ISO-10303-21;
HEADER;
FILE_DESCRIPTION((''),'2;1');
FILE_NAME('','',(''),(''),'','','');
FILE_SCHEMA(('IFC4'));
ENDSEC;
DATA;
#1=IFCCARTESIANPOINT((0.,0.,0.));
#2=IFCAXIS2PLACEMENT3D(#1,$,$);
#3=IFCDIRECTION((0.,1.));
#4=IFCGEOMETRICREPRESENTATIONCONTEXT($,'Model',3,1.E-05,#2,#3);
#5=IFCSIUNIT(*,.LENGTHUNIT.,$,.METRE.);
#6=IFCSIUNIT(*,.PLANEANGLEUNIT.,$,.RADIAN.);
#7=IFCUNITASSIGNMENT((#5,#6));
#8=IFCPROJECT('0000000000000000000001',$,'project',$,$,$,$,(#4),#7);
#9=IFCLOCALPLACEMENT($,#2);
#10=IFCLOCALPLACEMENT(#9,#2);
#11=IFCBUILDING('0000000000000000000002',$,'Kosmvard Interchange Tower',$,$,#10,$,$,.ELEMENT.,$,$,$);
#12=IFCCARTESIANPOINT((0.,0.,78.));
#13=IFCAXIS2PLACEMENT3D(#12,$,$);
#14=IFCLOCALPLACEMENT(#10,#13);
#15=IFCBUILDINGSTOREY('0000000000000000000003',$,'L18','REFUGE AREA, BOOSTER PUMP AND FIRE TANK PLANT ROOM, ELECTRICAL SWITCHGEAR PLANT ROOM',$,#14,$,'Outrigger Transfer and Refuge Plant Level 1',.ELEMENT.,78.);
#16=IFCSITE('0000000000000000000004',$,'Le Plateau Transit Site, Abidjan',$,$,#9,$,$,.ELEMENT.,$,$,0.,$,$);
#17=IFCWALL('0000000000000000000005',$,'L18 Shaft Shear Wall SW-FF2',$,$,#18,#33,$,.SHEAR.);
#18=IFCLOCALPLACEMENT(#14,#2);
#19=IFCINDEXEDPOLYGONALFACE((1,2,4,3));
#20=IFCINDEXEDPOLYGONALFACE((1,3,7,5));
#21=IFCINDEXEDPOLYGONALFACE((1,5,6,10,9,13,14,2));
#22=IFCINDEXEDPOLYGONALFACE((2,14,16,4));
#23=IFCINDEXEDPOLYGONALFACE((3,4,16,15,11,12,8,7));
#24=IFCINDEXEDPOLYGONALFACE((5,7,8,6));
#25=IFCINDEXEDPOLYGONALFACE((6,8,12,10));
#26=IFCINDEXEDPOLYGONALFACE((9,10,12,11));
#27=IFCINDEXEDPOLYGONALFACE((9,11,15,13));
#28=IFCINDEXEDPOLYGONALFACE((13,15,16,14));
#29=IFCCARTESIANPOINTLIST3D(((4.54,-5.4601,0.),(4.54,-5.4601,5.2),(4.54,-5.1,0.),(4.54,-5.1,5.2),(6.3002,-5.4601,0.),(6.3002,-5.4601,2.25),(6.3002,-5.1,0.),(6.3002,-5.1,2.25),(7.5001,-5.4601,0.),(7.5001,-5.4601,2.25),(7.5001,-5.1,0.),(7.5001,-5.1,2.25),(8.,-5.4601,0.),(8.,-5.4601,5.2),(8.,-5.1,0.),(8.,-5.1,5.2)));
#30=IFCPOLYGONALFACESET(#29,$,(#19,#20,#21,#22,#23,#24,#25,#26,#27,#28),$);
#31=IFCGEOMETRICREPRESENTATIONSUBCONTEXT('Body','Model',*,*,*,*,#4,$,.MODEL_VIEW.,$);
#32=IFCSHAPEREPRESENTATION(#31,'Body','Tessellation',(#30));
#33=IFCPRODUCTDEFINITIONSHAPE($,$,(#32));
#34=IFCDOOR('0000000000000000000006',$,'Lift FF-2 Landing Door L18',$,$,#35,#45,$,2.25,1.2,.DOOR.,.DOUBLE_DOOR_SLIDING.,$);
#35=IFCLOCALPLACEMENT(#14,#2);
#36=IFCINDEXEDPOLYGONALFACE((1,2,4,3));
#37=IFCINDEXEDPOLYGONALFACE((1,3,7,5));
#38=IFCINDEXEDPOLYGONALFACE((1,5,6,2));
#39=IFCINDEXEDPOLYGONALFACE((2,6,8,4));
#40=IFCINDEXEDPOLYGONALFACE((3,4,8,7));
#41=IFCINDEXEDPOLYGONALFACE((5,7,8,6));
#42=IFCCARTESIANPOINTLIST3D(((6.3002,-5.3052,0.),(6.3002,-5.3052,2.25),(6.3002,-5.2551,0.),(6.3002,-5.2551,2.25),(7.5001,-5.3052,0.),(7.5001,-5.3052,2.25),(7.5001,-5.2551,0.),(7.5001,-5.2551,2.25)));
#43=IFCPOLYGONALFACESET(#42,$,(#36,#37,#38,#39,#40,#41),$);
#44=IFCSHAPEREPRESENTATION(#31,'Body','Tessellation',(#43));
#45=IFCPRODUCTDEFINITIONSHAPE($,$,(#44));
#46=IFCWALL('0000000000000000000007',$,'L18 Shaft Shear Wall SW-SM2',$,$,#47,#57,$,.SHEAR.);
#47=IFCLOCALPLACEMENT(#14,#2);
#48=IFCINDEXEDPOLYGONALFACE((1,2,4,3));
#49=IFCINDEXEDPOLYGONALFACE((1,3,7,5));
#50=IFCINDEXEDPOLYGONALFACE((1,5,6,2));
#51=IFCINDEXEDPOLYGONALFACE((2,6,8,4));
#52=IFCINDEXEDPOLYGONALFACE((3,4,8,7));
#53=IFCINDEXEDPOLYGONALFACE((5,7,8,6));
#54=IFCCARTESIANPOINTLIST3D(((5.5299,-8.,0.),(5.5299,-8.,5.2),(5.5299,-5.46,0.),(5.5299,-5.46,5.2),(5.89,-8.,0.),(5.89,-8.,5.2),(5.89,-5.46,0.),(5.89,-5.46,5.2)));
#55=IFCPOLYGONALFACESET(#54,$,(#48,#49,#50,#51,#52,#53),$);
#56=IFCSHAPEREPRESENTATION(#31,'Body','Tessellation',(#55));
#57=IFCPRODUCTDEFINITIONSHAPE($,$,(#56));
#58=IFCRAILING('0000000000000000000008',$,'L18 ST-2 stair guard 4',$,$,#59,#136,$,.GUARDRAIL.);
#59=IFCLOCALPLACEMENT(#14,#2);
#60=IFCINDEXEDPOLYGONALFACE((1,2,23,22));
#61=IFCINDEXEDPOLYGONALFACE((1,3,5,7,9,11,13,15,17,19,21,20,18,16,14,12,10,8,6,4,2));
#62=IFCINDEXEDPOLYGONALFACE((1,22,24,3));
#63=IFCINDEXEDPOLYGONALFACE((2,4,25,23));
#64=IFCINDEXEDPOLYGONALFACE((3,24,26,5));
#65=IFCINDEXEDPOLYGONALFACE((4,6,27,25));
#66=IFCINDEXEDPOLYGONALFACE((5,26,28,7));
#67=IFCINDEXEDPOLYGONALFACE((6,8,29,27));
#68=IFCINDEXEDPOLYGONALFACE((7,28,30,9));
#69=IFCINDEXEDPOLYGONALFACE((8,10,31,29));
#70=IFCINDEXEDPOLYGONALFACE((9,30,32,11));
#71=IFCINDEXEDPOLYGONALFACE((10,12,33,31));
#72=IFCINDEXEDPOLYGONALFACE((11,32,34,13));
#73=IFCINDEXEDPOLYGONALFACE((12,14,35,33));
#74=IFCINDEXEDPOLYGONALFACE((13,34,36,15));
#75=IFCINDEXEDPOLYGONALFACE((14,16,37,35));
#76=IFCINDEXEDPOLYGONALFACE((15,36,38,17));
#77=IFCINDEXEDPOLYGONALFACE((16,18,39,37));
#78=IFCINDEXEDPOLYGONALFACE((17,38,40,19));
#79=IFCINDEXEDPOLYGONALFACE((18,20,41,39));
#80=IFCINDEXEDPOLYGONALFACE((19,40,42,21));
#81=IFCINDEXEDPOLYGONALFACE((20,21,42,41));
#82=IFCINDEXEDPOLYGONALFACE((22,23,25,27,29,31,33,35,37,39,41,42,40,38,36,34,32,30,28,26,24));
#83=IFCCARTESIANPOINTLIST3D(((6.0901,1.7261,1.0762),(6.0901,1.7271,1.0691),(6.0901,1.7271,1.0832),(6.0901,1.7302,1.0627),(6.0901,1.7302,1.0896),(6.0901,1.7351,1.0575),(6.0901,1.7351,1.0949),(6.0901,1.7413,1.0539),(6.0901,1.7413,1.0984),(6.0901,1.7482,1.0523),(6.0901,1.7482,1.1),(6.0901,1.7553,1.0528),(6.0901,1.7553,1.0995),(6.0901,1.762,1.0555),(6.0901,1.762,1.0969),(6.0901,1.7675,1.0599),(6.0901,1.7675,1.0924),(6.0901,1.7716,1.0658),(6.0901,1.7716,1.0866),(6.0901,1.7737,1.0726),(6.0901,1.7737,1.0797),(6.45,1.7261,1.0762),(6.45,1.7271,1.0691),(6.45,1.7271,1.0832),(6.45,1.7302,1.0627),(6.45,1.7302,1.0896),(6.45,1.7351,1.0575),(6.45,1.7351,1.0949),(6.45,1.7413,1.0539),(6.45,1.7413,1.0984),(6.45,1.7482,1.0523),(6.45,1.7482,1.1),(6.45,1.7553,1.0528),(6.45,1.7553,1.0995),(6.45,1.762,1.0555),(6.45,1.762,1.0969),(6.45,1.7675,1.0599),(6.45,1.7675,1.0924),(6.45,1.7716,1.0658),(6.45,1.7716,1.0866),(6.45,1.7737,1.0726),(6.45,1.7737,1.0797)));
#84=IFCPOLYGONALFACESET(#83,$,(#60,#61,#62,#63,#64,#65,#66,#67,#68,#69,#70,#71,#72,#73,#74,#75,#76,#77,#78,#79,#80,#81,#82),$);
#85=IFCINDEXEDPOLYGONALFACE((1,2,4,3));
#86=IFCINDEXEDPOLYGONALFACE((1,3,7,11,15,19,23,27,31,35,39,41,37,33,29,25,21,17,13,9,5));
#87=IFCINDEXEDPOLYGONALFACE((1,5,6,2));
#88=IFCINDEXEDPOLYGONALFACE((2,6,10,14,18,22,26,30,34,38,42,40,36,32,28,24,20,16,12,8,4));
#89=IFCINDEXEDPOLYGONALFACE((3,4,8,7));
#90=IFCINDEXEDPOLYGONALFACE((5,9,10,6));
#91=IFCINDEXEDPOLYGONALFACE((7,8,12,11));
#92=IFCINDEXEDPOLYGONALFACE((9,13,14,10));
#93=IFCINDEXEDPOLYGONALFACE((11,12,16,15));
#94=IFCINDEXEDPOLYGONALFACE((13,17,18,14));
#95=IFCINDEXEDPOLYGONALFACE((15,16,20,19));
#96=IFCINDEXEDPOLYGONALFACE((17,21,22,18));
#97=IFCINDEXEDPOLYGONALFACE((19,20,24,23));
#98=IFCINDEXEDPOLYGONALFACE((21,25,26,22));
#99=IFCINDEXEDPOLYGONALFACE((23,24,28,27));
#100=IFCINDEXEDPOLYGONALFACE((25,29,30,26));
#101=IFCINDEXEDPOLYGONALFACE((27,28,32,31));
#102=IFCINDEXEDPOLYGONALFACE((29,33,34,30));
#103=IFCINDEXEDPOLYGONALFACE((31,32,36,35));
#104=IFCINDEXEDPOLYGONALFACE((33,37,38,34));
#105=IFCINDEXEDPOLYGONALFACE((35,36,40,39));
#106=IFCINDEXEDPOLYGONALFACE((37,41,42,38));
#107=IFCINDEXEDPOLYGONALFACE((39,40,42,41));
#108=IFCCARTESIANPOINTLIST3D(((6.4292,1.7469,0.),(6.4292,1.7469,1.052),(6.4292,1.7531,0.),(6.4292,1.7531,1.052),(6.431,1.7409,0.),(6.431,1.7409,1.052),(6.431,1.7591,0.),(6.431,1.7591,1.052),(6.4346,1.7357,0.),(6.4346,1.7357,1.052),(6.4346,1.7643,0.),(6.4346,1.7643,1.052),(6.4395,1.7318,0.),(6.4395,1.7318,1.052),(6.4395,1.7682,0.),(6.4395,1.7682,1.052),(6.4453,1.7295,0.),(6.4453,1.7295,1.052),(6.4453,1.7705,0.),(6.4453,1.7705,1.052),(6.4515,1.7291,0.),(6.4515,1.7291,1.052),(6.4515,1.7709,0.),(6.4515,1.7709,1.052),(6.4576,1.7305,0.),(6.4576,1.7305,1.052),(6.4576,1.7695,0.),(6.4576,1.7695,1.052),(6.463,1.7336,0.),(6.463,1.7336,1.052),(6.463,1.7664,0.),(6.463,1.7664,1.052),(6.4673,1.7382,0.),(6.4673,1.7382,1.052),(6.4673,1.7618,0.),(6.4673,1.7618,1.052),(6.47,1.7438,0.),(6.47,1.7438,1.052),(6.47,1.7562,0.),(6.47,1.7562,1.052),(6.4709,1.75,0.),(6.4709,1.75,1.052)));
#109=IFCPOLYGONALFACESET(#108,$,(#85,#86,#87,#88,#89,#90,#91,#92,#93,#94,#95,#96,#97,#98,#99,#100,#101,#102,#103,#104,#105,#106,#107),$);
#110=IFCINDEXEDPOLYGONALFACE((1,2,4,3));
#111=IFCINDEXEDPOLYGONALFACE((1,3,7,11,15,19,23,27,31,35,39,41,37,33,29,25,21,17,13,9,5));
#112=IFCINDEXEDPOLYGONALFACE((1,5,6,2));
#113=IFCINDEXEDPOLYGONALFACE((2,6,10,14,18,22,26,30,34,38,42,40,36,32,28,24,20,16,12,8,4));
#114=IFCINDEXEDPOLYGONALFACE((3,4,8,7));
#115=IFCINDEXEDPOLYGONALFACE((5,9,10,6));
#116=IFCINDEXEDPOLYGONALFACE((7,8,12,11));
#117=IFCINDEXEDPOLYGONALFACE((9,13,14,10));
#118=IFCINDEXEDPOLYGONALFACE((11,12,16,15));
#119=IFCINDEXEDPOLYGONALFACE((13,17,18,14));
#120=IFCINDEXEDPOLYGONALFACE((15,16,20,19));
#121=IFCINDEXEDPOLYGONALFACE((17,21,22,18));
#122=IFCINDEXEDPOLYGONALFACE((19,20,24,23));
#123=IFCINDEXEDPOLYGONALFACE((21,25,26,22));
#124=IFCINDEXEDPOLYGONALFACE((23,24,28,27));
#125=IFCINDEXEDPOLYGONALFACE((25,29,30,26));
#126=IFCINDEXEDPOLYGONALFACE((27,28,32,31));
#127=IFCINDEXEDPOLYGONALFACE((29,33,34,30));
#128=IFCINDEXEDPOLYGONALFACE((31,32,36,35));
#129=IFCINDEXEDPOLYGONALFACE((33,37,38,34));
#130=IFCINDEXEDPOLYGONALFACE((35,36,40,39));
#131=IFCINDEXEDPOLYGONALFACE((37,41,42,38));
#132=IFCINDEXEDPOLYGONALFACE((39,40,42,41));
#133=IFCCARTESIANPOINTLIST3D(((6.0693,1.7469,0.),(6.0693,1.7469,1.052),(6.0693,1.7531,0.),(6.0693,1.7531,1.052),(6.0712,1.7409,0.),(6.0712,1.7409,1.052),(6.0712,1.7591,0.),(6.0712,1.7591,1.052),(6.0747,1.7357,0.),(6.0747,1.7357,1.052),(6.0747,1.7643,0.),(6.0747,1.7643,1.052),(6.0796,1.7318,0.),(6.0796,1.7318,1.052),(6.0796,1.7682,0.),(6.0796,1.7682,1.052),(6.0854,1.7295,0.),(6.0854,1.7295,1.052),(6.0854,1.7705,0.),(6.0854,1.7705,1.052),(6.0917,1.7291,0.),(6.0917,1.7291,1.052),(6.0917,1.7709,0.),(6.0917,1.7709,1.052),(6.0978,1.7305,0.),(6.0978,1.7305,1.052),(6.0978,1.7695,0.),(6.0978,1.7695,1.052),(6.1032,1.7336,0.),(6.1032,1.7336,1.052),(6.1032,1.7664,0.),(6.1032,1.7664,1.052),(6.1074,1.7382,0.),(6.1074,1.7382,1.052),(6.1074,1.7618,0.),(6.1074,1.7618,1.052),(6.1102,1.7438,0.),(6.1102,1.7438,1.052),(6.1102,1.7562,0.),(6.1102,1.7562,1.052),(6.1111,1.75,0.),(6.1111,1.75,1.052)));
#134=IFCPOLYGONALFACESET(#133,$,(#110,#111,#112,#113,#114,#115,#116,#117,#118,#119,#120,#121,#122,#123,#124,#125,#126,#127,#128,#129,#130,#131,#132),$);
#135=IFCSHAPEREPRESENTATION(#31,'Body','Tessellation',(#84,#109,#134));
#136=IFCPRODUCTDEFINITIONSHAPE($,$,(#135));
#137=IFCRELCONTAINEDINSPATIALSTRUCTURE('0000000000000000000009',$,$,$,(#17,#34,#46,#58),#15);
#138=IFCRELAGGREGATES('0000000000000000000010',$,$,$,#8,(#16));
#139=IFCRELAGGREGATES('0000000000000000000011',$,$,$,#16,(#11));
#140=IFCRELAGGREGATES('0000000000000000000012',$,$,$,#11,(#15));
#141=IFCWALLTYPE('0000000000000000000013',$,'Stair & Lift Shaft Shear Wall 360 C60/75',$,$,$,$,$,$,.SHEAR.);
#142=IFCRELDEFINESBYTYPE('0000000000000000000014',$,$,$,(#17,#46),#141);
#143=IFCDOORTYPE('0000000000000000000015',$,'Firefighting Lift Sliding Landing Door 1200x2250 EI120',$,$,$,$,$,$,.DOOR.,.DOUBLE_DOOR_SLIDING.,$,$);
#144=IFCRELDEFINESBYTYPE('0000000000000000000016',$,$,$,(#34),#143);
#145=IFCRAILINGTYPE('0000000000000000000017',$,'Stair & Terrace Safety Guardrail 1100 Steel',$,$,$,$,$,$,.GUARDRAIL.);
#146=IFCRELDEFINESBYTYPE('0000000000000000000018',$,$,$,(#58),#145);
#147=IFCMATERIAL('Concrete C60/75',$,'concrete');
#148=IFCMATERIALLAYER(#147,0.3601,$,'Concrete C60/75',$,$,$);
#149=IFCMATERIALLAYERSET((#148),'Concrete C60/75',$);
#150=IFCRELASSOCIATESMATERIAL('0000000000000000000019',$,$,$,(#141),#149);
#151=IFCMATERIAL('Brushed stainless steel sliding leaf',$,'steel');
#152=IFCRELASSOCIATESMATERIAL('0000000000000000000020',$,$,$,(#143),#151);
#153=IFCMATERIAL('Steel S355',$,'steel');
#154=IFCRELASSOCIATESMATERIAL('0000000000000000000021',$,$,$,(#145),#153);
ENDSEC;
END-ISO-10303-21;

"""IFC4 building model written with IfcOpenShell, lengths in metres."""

from ifc_helpers import new_model, si_unit, direction, frame, frame_2d, origin, origin_2d, place, context, subcontext, project, spatial, rectangle, circle, extrude, source, transform, mapped, material, layer, layer_set, type_object, element, fill, save


model = new_model("IFC4")

# Units and contexts
model_context = context("Model", 3, precision=1e-05, world=origin(), true_north=direction((0.0, 1.0)))
body_context = subcontext(model_context, "Body", "Model", "MODEL_VIEW")
ifc_project = project(units=[si_unit("LENGTHUNIT", "METRE"), si_unit("PLANEANGLEUNIT", "RADIAN")], contexts=[model_context])

# Site, building, storey
site_placement = place(None, origin())
site = spatial("IfcSite", under=ifc_project, at=site_placement, Name="Le Plateau Transit Site, Abidjan", CompositionType="ELEMENT", RefElevation=0.0)
building_placement = place(site_placement, origin())
building = spatial("IfcBuilding", under=site, at=building_placement, Name="Kosmvard Interchange Tower", CompositionType="ELEMENT")
storey_placement = place(building_placement, frame((0.0, 0.0, 78.0)))
storey = spatial("IfcBuildingStorey", under=building, at=storey_placement, Name="L18", Description="REFUGE AREA, BOOSTER PUMP AND FIRE TANK PLANT ROOM, ELECTRICAL SWITCHGEAR PLANT ROOM", LongName="Outrigger Transfer and Refuge Plant Level 1", CompositionType="ELEMENT", Elevation=78.0)

# Shared definitions
ifc_material_1 = material(Name="Brushed stainless steel sliding leaf", Category="steel")

# Shared definitions
ifc_material_2 = material(Name="Concrete C60/75", Category="concrete")
ifc_layer_1 = layer(ifc_material_2, 0.3601, Name="Concrete C60/75")
ifc_layer_set_1 = layer_set([ifc_layer_1], Name="Concrete C60/75")
wall_type_1 = type_object("IfcWallType", Name="Stair & Lift Shaft Shear Wall 360 C60/75", PredefinedType="SHEAR", material=ifc_layer_set_1)

# Wall, opening, door
wall_1_placement = place(storey_placement, frame((4.54, -5.28, 0.0), z_axis=(0.0, 0.0, 1.0), x_axis=(1.0, 0.0, 0.0)))
wall_1 = element("IfcWall", 1, at=wall_1_placement, inside=storey, type_object=wall_type_1, Name="L18 Shaft Shear Wall SW-FF2", PredefinedType="SHEAR", context=body_context, shape_type="SweptSolid", body=[
    extrude(rectangle(XDim=3.46, YDim=0.3601, at=frame_2d((1.73, 0.0))), origin(), (0.0, 0.0, 1.0), 5.2),
])
opening_1_placement = place(wall_1_placement, frame((1.76, 0.0, 0.0)))
opening_1 = element("IfcOpeningElement", 2, at=opening_1_placement, cuts=wall_1, PredefinedType="OPENING", context=body_context, shape_type="SweptSolid", body=[
    extrude(rectangle(XDim=1.2, YDim=2.25, at=frame_2d((0.6001, 1.125))), frame((0.0, 0.1899, 0.0), z_axis=(0.0, -1.0, 0.0), x_axis=(1.0, 0.0, 0.0)), (0.0, 0.0, 1.0), 0.3801),
])
door_type_1 = type_object("IfcDoorType", Name="Firefighting Lift Sliding Landing Door 1200x2250 EI120", OperationType="DOUBLE_DOOR_SLIDING", PredefinedType="DOOR", material=ifc_material_1)
shared_shape_1 = source(origin(), body_context, "Body", "SweptSolid", [
    extrude(rectangle(XDim=1.2, YDim=2.25, at=frame_2d((0.6001, 1.125))), frame((0.0, 0.0249, 0.0), z_axis=(0.0, -1.0, 0.0), x_axis=(1.0, 0.0, 0.0)), (0.0, 0.0, 1.0), 0.05),
])
door_1_placement = place(opening_1_placement, origin())
door_1 = element("IfcDoor", 3, at=door_1_placement, inside=storey, type_object=door_type_1, Name="Lift FF-2 Landing Door L18", OperationType="DOUBLE_DOOR_SLIDING", OverallHeight=2.25, OverallWidth=1.2, PredefinedType="DOOR", context=body_context, shape_type="MappedRepresentation", body=[
    mapped(shared_shape_1, transform((0.0, 0.0, 0.0), scale=1.0)),
])
fill(opening_1, door_1)

# Wall
wall_2_placement = place(storey_placement, frame((5.71, -8.0, 0.0), z_axis=(0.0, 0.0, 1.0), x_axis=(0.0, 1.0, 0.0)))
element("IfcWall", 4, at=wall_2_placement, inside=storey, type_object=wall_type_1, Name="L18 Shaft Shear Wall SW-SM2", PredefinedType="SHEAR", context=body_context, shape_type="SweptSolid", body=[
    extrude(rectangle(XDim=2.54, YDim=0.3601, at=frame_2d((1.27, 0.0))), origin(), (0.0, 0.0, 1.0), 5.2),
])

# Railing
ifc_material_3 = material(Name="Steel S355", Category="steel")
railing_type = type_object("IfcRailingType", Name="Stair & Terrace Safety Guardrail 1100 Steel", PredefinedType="GUARDRAIL", material=ifc_material_3)
shared_shape_2 = source(origin(), body_context, "Body", "SweptSolid", [
    extrude(circle(Radius=0.0239, at=origin_2d()), frame((0.0, 0.0, 1.0762), z_axis=(-1.0, 0.0, 0.0), x_axis=(0.0, -1.0, 0.0)), (0.0, 0.0, 1.0), 0.3599),
    extrude(circle(Radius=0.021, at=origin_2d()), origin(), (0.0, 0.0, 1.0), 1.052),
    extrude(circle(Radius=0.021, at=origin_2d()), frame((-0.3599, 0.0, 0.0)), (0.0, 0.0, 1.0), 1.052),
])
railing_1_placement = place(storey_placement, frame((6.45, 1.75, 0.0)))
element("IfcRailing", 5, at=railing_1_placement, inside=storey, type_object=railing_type, Name="L18 ST-2 stair guard 4", PredefinedType="GUARDRAIL", context=body_context, shape_type="MappedRepresentation", body=[
    mapped(shared_shape_2, transform((0.0, 0.0, 0.0), scale=1.0)),
])

save(model, "model.ifc")
